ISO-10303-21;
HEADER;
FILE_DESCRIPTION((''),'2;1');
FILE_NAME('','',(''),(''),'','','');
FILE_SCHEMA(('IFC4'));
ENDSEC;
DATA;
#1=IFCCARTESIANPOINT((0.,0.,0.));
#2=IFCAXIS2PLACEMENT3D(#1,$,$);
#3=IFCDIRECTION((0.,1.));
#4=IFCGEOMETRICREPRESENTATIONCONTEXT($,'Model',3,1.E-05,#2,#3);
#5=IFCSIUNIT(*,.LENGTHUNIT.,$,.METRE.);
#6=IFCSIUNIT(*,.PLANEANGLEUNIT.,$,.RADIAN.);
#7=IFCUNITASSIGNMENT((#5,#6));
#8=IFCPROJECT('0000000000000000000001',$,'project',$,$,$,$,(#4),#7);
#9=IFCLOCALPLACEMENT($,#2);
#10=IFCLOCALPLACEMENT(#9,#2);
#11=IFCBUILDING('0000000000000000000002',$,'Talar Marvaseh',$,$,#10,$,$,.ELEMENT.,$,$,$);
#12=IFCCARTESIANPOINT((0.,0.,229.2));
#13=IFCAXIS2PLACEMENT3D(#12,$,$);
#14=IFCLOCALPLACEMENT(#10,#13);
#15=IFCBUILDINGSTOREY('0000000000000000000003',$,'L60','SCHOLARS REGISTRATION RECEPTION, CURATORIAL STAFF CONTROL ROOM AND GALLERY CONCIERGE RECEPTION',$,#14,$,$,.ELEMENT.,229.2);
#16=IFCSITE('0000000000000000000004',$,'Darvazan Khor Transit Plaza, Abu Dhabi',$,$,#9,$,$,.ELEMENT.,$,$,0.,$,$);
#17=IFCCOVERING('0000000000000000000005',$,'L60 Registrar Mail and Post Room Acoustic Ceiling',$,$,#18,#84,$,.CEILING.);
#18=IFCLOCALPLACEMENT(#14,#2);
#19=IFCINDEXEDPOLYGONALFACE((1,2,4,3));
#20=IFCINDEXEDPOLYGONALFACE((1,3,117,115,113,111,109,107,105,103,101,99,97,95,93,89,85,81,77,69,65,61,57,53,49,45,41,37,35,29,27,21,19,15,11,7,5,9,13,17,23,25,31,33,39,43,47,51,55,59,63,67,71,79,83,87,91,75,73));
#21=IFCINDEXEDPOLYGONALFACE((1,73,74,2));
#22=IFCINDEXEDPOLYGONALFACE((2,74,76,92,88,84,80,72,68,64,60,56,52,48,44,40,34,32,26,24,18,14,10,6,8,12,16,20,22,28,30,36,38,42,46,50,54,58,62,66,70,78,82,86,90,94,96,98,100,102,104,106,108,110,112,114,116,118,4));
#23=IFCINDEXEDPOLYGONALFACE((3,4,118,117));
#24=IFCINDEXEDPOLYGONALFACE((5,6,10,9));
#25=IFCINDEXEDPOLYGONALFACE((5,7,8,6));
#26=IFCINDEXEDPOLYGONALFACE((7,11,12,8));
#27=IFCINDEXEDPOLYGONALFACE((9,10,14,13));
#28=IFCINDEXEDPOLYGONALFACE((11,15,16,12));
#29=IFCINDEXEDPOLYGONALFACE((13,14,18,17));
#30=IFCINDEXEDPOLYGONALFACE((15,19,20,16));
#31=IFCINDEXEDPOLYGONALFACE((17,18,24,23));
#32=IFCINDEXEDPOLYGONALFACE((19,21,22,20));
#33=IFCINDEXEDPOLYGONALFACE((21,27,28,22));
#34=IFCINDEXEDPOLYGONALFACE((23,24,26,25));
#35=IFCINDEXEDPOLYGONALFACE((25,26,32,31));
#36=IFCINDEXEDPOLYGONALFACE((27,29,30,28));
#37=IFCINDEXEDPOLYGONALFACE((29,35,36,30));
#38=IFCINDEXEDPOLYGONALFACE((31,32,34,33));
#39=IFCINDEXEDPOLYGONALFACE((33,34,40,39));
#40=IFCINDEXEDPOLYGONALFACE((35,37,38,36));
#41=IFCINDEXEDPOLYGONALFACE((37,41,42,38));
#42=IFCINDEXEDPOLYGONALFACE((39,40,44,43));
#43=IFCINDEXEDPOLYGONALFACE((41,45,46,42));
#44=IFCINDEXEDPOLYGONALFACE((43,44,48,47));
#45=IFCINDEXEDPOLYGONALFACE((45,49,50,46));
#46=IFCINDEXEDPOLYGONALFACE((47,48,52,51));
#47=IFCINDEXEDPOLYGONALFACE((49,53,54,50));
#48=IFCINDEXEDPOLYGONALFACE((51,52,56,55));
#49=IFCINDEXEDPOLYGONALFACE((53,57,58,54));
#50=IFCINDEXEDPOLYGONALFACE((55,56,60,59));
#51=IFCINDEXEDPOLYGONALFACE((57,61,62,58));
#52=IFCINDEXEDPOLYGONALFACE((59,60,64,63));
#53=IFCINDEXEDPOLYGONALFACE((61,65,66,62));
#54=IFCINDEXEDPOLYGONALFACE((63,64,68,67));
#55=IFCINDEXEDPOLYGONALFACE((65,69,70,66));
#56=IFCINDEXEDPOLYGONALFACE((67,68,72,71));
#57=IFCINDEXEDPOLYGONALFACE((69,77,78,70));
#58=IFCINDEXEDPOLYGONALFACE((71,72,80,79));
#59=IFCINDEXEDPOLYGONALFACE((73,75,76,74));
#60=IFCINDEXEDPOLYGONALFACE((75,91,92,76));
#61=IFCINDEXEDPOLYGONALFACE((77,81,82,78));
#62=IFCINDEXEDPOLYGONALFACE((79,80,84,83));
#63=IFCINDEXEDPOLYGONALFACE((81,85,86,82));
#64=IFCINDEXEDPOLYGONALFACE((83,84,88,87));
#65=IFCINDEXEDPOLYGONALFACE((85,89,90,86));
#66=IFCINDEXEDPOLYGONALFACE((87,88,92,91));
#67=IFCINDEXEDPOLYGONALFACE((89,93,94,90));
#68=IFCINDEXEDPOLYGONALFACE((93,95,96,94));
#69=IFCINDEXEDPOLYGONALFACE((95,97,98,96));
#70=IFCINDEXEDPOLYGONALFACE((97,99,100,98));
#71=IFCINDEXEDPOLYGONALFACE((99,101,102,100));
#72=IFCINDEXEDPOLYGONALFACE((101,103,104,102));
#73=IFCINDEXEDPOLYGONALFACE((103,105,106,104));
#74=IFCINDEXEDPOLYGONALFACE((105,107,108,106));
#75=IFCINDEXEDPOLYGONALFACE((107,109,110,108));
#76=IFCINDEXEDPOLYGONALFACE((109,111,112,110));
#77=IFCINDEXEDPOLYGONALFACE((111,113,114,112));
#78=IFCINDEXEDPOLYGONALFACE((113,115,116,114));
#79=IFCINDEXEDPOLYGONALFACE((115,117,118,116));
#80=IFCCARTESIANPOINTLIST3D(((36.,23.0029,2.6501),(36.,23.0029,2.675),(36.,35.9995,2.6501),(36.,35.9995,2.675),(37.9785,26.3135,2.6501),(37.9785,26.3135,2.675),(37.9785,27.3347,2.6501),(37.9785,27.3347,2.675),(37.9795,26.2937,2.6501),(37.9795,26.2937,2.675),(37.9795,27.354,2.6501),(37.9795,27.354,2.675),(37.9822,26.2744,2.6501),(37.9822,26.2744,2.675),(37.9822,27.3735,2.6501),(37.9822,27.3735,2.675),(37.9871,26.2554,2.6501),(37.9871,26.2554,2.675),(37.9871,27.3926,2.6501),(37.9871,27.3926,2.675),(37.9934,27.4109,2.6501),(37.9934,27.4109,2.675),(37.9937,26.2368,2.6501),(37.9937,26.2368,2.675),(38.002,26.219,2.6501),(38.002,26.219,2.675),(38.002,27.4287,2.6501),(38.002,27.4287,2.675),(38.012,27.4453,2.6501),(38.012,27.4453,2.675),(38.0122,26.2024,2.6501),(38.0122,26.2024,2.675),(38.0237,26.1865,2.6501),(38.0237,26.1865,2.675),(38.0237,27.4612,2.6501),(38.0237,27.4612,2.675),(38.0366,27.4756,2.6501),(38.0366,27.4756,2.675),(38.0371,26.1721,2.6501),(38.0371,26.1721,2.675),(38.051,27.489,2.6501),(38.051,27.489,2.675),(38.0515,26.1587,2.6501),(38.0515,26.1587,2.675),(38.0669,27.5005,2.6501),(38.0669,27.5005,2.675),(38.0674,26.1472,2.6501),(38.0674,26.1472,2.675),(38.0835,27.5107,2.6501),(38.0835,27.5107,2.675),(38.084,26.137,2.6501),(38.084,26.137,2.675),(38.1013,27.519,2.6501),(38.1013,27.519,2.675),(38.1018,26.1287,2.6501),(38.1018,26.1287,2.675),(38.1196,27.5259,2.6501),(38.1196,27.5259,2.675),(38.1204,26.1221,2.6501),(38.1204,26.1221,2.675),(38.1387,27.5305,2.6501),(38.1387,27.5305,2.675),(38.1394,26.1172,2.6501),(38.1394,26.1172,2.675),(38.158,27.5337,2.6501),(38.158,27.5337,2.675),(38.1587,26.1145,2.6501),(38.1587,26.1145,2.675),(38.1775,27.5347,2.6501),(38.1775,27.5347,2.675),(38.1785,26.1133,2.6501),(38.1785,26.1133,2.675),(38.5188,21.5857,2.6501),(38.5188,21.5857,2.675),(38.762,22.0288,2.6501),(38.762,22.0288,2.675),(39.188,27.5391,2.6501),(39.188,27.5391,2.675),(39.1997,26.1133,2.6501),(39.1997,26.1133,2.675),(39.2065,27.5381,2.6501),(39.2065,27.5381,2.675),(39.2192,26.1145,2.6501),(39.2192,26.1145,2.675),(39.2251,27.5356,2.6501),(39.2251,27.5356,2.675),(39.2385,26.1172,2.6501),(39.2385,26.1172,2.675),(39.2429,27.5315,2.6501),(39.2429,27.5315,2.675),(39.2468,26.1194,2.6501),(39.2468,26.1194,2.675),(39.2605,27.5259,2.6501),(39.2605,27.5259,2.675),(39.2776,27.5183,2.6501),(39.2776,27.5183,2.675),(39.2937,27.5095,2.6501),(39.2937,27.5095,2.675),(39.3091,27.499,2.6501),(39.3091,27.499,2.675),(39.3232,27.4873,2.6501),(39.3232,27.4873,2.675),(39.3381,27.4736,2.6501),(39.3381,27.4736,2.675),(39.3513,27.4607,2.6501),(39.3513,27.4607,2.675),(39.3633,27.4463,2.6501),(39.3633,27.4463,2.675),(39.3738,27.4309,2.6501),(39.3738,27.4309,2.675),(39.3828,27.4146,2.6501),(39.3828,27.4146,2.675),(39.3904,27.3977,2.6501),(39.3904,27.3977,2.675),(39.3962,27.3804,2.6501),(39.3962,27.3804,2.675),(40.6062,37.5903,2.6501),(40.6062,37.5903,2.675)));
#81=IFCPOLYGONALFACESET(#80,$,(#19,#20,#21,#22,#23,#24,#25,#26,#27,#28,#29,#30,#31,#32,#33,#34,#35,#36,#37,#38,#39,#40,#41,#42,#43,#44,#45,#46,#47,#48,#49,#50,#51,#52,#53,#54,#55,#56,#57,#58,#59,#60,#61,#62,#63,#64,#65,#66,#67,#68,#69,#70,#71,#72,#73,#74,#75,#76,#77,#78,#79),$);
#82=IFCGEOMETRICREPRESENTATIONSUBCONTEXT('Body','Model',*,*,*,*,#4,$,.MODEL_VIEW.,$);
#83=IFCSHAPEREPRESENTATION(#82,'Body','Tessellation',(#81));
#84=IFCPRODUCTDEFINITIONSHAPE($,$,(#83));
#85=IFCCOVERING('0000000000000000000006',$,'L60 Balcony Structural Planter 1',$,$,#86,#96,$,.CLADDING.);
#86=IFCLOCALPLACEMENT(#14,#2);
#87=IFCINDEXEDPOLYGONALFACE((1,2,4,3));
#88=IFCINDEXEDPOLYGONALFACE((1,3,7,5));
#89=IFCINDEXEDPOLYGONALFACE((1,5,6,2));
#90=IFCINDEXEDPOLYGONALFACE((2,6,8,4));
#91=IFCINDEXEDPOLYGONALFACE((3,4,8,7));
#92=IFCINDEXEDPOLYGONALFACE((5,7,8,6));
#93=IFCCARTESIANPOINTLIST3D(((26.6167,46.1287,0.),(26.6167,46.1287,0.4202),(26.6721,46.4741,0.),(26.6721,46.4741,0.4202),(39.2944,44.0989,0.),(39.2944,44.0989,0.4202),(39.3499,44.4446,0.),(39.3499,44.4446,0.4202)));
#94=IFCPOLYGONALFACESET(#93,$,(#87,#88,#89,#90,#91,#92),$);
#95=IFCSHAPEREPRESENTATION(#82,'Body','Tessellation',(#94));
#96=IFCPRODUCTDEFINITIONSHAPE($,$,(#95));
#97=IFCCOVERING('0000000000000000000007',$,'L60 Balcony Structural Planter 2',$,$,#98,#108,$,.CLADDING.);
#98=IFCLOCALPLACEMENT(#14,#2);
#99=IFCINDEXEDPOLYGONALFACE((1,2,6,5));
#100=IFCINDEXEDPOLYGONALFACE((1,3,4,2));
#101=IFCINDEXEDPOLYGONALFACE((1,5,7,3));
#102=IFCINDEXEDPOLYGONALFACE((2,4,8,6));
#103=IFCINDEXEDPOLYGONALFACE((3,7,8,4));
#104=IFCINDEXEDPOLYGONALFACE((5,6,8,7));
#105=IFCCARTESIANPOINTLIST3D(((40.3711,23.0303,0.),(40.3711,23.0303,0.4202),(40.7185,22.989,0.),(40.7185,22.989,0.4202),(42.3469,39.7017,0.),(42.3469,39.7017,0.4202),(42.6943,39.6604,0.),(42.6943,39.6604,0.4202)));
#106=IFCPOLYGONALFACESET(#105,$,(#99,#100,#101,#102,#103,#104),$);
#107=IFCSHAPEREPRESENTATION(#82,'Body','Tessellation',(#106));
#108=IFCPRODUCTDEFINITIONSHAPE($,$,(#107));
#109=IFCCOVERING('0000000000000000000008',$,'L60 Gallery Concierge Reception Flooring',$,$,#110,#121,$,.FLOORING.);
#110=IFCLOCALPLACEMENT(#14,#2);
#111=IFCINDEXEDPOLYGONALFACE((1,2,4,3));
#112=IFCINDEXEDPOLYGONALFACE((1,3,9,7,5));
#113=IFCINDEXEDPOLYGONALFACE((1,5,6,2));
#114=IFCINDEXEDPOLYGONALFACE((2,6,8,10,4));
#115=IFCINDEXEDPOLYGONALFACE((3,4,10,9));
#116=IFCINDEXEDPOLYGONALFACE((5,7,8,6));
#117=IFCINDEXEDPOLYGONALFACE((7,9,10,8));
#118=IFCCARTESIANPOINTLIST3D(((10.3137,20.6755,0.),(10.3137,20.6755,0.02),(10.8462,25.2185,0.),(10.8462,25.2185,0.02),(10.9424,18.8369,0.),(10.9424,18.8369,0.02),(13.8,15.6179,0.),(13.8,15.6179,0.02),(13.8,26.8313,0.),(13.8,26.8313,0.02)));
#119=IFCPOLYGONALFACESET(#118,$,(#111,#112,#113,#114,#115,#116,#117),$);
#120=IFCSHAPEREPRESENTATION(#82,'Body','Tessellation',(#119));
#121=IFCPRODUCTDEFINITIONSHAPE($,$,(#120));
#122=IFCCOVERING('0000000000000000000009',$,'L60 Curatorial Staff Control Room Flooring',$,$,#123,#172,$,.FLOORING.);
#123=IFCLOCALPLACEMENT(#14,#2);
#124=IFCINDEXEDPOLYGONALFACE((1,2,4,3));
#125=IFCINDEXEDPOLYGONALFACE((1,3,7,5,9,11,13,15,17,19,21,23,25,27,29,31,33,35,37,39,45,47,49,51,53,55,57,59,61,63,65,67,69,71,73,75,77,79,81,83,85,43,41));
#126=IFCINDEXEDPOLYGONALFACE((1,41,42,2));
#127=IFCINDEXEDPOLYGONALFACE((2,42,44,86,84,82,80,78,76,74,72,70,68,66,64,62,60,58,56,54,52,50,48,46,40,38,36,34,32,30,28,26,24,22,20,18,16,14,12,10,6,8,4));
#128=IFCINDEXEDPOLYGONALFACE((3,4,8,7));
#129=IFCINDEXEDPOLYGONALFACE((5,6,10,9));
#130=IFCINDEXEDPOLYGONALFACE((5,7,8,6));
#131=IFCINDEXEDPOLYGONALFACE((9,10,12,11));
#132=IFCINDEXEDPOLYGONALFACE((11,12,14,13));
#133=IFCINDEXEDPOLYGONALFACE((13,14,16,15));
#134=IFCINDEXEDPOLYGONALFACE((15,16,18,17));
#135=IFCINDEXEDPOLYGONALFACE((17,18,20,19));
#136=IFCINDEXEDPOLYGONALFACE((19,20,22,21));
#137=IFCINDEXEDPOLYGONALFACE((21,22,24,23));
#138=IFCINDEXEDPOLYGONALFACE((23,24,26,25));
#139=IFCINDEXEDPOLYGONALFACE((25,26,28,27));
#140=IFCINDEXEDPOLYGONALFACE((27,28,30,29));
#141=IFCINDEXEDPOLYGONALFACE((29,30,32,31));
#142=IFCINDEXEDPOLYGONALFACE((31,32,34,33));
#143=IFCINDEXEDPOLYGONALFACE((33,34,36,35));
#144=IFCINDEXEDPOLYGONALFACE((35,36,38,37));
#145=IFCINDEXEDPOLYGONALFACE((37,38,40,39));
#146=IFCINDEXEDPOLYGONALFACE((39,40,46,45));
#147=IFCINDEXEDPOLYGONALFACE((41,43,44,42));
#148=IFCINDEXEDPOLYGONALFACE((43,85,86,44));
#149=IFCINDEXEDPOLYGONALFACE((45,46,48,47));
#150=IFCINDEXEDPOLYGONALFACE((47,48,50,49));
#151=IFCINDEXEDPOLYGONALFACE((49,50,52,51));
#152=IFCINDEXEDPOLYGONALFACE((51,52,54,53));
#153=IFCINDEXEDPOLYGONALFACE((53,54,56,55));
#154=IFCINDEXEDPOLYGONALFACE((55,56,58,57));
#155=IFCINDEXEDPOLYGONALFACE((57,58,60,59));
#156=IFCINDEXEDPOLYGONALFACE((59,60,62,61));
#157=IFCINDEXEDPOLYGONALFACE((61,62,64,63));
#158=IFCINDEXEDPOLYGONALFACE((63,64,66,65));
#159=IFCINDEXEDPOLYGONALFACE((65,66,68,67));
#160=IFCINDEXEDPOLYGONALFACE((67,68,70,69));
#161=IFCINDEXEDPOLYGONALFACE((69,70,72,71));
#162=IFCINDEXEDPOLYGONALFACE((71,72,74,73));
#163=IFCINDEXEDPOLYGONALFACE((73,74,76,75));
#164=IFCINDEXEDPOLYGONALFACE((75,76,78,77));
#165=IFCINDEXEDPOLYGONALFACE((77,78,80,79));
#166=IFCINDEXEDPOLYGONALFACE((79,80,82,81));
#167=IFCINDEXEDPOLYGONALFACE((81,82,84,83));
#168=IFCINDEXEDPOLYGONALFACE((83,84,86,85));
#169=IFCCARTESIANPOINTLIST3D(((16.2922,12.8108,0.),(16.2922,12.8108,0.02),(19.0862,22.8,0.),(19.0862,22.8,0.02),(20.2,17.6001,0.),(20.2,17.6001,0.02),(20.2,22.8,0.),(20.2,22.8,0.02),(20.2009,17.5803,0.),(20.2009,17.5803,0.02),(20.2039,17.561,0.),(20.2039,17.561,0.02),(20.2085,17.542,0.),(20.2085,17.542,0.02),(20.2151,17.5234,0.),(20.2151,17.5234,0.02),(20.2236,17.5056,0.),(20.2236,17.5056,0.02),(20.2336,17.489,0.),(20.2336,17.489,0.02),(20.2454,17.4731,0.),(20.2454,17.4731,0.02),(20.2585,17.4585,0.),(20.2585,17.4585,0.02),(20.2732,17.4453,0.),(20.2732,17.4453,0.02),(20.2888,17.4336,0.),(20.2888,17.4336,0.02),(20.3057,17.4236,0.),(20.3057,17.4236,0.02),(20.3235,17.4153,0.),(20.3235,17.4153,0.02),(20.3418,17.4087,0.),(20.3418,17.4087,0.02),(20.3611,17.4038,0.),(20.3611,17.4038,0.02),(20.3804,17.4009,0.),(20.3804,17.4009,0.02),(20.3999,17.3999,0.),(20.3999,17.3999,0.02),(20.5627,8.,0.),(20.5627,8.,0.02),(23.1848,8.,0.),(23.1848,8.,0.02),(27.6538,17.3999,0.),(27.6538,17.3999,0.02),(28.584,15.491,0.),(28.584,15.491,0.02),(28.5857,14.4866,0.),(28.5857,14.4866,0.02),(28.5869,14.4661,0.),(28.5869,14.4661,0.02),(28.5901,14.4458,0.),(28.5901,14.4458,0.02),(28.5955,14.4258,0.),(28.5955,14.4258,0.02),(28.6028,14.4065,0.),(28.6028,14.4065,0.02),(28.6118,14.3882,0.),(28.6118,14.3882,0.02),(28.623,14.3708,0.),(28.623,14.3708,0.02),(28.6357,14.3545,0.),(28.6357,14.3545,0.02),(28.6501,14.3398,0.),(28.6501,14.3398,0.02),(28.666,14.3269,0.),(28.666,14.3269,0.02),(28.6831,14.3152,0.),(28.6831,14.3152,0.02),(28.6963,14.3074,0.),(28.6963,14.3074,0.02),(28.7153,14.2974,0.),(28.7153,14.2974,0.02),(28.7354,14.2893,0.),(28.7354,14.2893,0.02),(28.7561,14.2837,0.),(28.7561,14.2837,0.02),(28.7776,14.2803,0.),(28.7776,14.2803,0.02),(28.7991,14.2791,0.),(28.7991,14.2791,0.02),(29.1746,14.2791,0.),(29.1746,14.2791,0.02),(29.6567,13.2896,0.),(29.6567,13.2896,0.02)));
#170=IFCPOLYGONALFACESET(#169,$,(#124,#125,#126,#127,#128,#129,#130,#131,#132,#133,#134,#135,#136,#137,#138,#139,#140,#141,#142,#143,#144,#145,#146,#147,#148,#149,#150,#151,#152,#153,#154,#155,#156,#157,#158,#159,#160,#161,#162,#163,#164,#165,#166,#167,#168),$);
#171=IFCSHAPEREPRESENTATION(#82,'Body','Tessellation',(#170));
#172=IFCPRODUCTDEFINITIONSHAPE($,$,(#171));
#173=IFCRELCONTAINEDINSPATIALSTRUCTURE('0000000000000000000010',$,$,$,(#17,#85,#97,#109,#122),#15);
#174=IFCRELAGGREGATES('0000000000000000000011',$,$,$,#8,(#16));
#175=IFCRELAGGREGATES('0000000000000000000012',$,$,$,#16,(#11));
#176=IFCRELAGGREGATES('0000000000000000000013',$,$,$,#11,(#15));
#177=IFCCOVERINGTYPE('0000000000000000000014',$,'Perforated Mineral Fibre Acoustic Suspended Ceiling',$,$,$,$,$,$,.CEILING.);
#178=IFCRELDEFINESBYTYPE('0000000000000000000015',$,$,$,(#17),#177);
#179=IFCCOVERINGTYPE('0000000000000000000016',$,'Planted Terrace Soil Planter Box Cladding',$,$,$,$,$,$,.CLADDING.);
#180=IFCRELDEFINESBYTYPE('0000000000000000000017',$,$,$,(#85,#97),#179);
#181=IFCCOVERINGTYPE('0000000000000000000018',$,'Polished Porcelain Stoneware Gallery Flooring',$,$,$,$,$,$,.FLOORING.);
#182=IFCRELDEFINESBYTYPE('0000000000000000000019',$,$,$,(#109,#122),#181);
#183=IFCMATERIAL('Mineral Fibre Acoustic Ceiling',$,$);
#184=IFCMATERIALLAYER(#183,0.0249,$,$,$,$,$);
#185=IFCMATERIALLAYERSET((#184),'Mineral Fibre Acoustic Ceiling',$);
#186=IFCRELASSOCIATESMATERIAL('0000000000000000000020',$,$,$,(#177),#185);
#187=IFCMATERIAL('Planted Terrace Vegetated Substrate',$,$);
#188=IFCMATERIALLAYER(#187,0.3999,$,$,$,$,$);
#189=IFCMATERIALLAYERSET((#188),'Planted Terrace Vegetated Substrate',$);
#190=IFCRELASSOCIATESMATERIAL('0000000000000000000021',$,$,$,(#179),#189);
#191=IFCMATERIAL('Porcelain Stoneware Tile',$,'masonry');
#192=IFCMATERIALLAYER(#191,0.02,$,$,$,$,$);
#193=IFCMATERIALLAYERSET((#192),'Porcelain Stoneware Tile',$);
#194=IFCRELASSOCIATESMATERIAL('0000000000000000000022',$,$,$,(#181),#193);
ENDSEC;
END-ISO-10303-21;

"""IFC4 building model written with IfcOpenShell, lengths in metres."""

from ifc_helpers import new_model, si_unit, direction, frame, origin, place, context, subcontext, project, spatial, polyline, outline, extrude, material, layer, layer_set, type_object, element, save


model = new_model("IFC4")

# Units and contexts
model_context = context("Model", 3, precision=1e-05, world=origin(), true_north=direction((0.0, 1.0)))
body_context = subcontext(model_context, "Body", "Model", "MODEL_VIEW")
ifc_project = project(units=[si_unit("LENGTHUNIT", "METRE"), si_unit("PLANEANGLEUNIT", "RADIAN")], contexts=[model_context])

# Site, building, storey
site_placement = place(None, origin())
site = spatial("IfcSite", under=ifc_project, at=site_placement, Name="Darvazan Khor Transit Plaza, Abu Dhabi", CompositionType="ELEMENT", RefElevation=0.0)
building_placement = place(site_placement, origin())
building = spatial("IfcBuilding", under=site, at=building_placement, Name="Talar Marvaseh", CompositionType="ELEMENT")
storey_placement = place(building_placement, frame((0.0, 0.0, 229.2)))
storey = spatial("IfcBuildingStorey", under=building, at=storey_placement, Name="L60", Description="SCHOLARS REGISTRATION RECEPTION, CURATORIAL STAFF CONTROL ROOM AND GALLERY CONCIERGE RECEPTION", CompositionType="ELEMENT", Elevation=229.2)

# Coverings
ifc_material_1 = material(Name="Mineral Fibre Acoustic Ceiling")
ifc_layer_1 = layer(ifc_material_1, 0.0249)
ifc_layer_set_1 = layer_set([ifc_layer_1], Name="Mineral Fibre Acoustic Ceiling")
covering_type_1 = type_object("IfcCoveringType", Name="Perforated Mineral Fibre Acoustic Suspended Ceiling", PredefinedType="CEILING", material=ifc_layer_set_1)
covering_1_placement = place(storey_placement, frame((0.0, 0.0, 2.6501)))
element("IfcCovering", 1, at=covering_1_placement, inside=storey, type_object=covering_type_1, Name="L60 Registrar Mail and Post Room Acoustic Ceiling", PredefinedType="CEILING", context=body_context, shape_type="SweptSolid", body=[
    extrude(outline(polyline([(40.6062, 37.5903), (39.3962, 27.3804), (39.3904, 27.3977), (39.3828, 27.4146), (39.3738, 27.4309), (39.3633, 27.4463), (39.3513, 27.4607), (39.3381, 27.4736), (39.3232, 27.4873), (39.3091, 27.499), (39.2937, 27.5095), (39.2776, 27.5183), (39.2605, 27.5259), (39.2429, 27.5315), (39.2251, 27.5356), (39.2065, 27.5381), (39.188, 27.5391), (38.1775, 27.5347), (38.158, 27.5337), (38.1387, 27.5305), (38.1196, 27.5259), (38.1013, 27.519), (38.0835, 27.5107), (38.0669, 27.5005), (38.051, 27.489), (38.0366, 27.4756), (38.0237, 27.4612), (38.012, 27.4453), (38.002, 27.4287), (37.9934, 27.4109), (37.9871, 27.3926), (37.9822, 27.3735), (37.9795, 27.354), (37.9785, 27.3347), (37.9785, 26.3135), (37.9795, 26.2937), (37.9822, 26.2744), (37.9871, 26.2554), (37.9937, 26.2368), (38.002, 26.219), (38.0122, 26.2024), (38.0237, 26.1865), (38.0371, 26.1721), (38.0515, 26.1587), (38.0674, 26.1472), (38.084, 26.137), (38.1018, 26.1287), (38.1204, 26.1221), (38.1394, 26.1172), (38.1587, 26.1145), (38.1785, 26.1133), (39.1997, 26.1133), (39.2192, 26.1145), (39.2385, 26.1172), (39.2468, 26.1194), (38.762, 22.0288), (38.5188, 21.5857), (36.0, 23.0029), (36.0, 35.9995), (40.6062, 37.5903)])), origin(), (0.0, 0.0, 1.0), 0.0249),
])
ifc_material_2 = material(Name="Planted Terrace Vegetated Substrate")
ifc_layer_2 = layer(ifc_material_2, 0.3999)
ifc_layer_set_2 = layer_set([ifc_layer_2], Name="Planted Terrace Vegetated Substrate")
covering_type_2 = type_object("IfcCoveringType", Name="Planted Terrace Soil Planter Box Cladding", PredefinedType="CLADDING", material=ifc_layer_set_2)
covering_2_placement = place(storey_placement, origin())
element("IfcCovering", 2, at=covering_2_placement, inside=storey, type_object=covering_type_2, Name="L60 Balcony Structural Planter 1", PredefinedType="CLADDING", context=body_context, shape_type="SweptSolid", body=[
    extrude(outline(polyline([(26.6721, 46.4741), (39.3499, 44.4446), (39.2944, 44.0989), (26.6167, 46.1287), (26.6721, 46.4741)])), origin(), (0.0, 0.0, 1.0), 0.4202),
])
covering_3_placement = place(storey_placement, origin())
element("IfcCovering", 3, at=covering_3_placement, inside=storey, type_object=covering_type_2, Name="L60 Balcony Structural Planter 2", PredefinedType="CLADDING", context=body_context, shape_type="SweptSolid", body=[
    extrude(outline(polyline([(42.6943, 39.6604), (40.7185, 22.989), (40.3711, 23.0303), (42.3469, 39.7017), (42.6943, 39.6604)])), origin(), (0.0, 0.0, 1.0), 0.4202),
])
ifc_material_3 = material(Name="Porcelain Stoneware Tile", Category="masonry")
ifc_layer_3 = layer(ifc_material_3, 0.02)
ifc_layer_set_3 = layer_set([ifc_layer_3], Name="Porcelain Stoneware Tile")
covering_type_3 = type_object("IfcCoveringType", Name="Polished Porcelain Stoneware Gallery Flooring", PredefinedType="FLOORING", material=ifc_layer_set_3)
covering_4_placement = place(storey_placement, origin())
element("IfcCovering", 4, at=covering_4_placement, inside=storey, type_object=covering_type_3, Name="L60 Gallery Concierge Reception Flooring", PredefinedType="FLOORING", context=body_context, shape_type="SweptSolid", body=[
    extrude(outline(polyline([(13.8, 26.8313), (13.8, 15.6179), (10.9424, 18.8369), (10.3137, 20.6755), (10.8462, 25.2185), (13.8, 26.8313)])), origin(), (0.0, 0.0, 1.0), 0.02),
])
covering_5_placement = place(storey_placement, origin())
element("IfcCovering", 5, at=covering_5_placement, inside=storey, type_object=covering_type_3, Name="L60 Curatorial Staff Control Room Flooring", PredefinedType="FLOORING", context=body_context, shape_type="SweptSolid", body=[
    extrude(outline(polyline([(19.0862, 22.8), (20.2, 22.8), (20.2, 17.6001), (20.2009, 17.5803), (20.2039, 17.561), (20.2085, 17.542), (20.2151, 17.5234), (20.2236, 17.5056), (20.2336, 17.489), (20.2454, 17.4731), (20.2585, 17.4585), (20.2732, 17.4453), (20.2888, 17.4336), (20.3057, 17.4236), (20.3235, 17.4153), (20.3418, 17.4087), (20.3611, 17.4038), (20.3804, 17.4009), (20.3999, 17.3999), (27.6538, 17.3999), (28.584, 15.491), (28.5857, 14.4866), (28.5869, 14.4661), (28.5901, 14.4458), (28.5955, 14.4258), (28.6028, 14.4065), (28.6118, 14.3882), (28.623, 14.3708), (28.6357, 14.3545), (28.6501, 14.3398), (28.666, 14.3269), (28.6831, 14.3152), (28.6963, 14.3074), (28.7153, 14.2974), (28.7354, 14.2893), (28.7561, 14.2837), (28.7776, 14.2803), (28.7991, 14.2791), (29.1746, 14.2791), (29.6567, 13.2896), (23.1848, 8.0), (20.5627, 8.0), (16.2922, 12.8108), (19.0862, 22.8)])), origin(), (0.0, 0.0, 1.0), 0.02),
])

save(model, "model.ifc")
